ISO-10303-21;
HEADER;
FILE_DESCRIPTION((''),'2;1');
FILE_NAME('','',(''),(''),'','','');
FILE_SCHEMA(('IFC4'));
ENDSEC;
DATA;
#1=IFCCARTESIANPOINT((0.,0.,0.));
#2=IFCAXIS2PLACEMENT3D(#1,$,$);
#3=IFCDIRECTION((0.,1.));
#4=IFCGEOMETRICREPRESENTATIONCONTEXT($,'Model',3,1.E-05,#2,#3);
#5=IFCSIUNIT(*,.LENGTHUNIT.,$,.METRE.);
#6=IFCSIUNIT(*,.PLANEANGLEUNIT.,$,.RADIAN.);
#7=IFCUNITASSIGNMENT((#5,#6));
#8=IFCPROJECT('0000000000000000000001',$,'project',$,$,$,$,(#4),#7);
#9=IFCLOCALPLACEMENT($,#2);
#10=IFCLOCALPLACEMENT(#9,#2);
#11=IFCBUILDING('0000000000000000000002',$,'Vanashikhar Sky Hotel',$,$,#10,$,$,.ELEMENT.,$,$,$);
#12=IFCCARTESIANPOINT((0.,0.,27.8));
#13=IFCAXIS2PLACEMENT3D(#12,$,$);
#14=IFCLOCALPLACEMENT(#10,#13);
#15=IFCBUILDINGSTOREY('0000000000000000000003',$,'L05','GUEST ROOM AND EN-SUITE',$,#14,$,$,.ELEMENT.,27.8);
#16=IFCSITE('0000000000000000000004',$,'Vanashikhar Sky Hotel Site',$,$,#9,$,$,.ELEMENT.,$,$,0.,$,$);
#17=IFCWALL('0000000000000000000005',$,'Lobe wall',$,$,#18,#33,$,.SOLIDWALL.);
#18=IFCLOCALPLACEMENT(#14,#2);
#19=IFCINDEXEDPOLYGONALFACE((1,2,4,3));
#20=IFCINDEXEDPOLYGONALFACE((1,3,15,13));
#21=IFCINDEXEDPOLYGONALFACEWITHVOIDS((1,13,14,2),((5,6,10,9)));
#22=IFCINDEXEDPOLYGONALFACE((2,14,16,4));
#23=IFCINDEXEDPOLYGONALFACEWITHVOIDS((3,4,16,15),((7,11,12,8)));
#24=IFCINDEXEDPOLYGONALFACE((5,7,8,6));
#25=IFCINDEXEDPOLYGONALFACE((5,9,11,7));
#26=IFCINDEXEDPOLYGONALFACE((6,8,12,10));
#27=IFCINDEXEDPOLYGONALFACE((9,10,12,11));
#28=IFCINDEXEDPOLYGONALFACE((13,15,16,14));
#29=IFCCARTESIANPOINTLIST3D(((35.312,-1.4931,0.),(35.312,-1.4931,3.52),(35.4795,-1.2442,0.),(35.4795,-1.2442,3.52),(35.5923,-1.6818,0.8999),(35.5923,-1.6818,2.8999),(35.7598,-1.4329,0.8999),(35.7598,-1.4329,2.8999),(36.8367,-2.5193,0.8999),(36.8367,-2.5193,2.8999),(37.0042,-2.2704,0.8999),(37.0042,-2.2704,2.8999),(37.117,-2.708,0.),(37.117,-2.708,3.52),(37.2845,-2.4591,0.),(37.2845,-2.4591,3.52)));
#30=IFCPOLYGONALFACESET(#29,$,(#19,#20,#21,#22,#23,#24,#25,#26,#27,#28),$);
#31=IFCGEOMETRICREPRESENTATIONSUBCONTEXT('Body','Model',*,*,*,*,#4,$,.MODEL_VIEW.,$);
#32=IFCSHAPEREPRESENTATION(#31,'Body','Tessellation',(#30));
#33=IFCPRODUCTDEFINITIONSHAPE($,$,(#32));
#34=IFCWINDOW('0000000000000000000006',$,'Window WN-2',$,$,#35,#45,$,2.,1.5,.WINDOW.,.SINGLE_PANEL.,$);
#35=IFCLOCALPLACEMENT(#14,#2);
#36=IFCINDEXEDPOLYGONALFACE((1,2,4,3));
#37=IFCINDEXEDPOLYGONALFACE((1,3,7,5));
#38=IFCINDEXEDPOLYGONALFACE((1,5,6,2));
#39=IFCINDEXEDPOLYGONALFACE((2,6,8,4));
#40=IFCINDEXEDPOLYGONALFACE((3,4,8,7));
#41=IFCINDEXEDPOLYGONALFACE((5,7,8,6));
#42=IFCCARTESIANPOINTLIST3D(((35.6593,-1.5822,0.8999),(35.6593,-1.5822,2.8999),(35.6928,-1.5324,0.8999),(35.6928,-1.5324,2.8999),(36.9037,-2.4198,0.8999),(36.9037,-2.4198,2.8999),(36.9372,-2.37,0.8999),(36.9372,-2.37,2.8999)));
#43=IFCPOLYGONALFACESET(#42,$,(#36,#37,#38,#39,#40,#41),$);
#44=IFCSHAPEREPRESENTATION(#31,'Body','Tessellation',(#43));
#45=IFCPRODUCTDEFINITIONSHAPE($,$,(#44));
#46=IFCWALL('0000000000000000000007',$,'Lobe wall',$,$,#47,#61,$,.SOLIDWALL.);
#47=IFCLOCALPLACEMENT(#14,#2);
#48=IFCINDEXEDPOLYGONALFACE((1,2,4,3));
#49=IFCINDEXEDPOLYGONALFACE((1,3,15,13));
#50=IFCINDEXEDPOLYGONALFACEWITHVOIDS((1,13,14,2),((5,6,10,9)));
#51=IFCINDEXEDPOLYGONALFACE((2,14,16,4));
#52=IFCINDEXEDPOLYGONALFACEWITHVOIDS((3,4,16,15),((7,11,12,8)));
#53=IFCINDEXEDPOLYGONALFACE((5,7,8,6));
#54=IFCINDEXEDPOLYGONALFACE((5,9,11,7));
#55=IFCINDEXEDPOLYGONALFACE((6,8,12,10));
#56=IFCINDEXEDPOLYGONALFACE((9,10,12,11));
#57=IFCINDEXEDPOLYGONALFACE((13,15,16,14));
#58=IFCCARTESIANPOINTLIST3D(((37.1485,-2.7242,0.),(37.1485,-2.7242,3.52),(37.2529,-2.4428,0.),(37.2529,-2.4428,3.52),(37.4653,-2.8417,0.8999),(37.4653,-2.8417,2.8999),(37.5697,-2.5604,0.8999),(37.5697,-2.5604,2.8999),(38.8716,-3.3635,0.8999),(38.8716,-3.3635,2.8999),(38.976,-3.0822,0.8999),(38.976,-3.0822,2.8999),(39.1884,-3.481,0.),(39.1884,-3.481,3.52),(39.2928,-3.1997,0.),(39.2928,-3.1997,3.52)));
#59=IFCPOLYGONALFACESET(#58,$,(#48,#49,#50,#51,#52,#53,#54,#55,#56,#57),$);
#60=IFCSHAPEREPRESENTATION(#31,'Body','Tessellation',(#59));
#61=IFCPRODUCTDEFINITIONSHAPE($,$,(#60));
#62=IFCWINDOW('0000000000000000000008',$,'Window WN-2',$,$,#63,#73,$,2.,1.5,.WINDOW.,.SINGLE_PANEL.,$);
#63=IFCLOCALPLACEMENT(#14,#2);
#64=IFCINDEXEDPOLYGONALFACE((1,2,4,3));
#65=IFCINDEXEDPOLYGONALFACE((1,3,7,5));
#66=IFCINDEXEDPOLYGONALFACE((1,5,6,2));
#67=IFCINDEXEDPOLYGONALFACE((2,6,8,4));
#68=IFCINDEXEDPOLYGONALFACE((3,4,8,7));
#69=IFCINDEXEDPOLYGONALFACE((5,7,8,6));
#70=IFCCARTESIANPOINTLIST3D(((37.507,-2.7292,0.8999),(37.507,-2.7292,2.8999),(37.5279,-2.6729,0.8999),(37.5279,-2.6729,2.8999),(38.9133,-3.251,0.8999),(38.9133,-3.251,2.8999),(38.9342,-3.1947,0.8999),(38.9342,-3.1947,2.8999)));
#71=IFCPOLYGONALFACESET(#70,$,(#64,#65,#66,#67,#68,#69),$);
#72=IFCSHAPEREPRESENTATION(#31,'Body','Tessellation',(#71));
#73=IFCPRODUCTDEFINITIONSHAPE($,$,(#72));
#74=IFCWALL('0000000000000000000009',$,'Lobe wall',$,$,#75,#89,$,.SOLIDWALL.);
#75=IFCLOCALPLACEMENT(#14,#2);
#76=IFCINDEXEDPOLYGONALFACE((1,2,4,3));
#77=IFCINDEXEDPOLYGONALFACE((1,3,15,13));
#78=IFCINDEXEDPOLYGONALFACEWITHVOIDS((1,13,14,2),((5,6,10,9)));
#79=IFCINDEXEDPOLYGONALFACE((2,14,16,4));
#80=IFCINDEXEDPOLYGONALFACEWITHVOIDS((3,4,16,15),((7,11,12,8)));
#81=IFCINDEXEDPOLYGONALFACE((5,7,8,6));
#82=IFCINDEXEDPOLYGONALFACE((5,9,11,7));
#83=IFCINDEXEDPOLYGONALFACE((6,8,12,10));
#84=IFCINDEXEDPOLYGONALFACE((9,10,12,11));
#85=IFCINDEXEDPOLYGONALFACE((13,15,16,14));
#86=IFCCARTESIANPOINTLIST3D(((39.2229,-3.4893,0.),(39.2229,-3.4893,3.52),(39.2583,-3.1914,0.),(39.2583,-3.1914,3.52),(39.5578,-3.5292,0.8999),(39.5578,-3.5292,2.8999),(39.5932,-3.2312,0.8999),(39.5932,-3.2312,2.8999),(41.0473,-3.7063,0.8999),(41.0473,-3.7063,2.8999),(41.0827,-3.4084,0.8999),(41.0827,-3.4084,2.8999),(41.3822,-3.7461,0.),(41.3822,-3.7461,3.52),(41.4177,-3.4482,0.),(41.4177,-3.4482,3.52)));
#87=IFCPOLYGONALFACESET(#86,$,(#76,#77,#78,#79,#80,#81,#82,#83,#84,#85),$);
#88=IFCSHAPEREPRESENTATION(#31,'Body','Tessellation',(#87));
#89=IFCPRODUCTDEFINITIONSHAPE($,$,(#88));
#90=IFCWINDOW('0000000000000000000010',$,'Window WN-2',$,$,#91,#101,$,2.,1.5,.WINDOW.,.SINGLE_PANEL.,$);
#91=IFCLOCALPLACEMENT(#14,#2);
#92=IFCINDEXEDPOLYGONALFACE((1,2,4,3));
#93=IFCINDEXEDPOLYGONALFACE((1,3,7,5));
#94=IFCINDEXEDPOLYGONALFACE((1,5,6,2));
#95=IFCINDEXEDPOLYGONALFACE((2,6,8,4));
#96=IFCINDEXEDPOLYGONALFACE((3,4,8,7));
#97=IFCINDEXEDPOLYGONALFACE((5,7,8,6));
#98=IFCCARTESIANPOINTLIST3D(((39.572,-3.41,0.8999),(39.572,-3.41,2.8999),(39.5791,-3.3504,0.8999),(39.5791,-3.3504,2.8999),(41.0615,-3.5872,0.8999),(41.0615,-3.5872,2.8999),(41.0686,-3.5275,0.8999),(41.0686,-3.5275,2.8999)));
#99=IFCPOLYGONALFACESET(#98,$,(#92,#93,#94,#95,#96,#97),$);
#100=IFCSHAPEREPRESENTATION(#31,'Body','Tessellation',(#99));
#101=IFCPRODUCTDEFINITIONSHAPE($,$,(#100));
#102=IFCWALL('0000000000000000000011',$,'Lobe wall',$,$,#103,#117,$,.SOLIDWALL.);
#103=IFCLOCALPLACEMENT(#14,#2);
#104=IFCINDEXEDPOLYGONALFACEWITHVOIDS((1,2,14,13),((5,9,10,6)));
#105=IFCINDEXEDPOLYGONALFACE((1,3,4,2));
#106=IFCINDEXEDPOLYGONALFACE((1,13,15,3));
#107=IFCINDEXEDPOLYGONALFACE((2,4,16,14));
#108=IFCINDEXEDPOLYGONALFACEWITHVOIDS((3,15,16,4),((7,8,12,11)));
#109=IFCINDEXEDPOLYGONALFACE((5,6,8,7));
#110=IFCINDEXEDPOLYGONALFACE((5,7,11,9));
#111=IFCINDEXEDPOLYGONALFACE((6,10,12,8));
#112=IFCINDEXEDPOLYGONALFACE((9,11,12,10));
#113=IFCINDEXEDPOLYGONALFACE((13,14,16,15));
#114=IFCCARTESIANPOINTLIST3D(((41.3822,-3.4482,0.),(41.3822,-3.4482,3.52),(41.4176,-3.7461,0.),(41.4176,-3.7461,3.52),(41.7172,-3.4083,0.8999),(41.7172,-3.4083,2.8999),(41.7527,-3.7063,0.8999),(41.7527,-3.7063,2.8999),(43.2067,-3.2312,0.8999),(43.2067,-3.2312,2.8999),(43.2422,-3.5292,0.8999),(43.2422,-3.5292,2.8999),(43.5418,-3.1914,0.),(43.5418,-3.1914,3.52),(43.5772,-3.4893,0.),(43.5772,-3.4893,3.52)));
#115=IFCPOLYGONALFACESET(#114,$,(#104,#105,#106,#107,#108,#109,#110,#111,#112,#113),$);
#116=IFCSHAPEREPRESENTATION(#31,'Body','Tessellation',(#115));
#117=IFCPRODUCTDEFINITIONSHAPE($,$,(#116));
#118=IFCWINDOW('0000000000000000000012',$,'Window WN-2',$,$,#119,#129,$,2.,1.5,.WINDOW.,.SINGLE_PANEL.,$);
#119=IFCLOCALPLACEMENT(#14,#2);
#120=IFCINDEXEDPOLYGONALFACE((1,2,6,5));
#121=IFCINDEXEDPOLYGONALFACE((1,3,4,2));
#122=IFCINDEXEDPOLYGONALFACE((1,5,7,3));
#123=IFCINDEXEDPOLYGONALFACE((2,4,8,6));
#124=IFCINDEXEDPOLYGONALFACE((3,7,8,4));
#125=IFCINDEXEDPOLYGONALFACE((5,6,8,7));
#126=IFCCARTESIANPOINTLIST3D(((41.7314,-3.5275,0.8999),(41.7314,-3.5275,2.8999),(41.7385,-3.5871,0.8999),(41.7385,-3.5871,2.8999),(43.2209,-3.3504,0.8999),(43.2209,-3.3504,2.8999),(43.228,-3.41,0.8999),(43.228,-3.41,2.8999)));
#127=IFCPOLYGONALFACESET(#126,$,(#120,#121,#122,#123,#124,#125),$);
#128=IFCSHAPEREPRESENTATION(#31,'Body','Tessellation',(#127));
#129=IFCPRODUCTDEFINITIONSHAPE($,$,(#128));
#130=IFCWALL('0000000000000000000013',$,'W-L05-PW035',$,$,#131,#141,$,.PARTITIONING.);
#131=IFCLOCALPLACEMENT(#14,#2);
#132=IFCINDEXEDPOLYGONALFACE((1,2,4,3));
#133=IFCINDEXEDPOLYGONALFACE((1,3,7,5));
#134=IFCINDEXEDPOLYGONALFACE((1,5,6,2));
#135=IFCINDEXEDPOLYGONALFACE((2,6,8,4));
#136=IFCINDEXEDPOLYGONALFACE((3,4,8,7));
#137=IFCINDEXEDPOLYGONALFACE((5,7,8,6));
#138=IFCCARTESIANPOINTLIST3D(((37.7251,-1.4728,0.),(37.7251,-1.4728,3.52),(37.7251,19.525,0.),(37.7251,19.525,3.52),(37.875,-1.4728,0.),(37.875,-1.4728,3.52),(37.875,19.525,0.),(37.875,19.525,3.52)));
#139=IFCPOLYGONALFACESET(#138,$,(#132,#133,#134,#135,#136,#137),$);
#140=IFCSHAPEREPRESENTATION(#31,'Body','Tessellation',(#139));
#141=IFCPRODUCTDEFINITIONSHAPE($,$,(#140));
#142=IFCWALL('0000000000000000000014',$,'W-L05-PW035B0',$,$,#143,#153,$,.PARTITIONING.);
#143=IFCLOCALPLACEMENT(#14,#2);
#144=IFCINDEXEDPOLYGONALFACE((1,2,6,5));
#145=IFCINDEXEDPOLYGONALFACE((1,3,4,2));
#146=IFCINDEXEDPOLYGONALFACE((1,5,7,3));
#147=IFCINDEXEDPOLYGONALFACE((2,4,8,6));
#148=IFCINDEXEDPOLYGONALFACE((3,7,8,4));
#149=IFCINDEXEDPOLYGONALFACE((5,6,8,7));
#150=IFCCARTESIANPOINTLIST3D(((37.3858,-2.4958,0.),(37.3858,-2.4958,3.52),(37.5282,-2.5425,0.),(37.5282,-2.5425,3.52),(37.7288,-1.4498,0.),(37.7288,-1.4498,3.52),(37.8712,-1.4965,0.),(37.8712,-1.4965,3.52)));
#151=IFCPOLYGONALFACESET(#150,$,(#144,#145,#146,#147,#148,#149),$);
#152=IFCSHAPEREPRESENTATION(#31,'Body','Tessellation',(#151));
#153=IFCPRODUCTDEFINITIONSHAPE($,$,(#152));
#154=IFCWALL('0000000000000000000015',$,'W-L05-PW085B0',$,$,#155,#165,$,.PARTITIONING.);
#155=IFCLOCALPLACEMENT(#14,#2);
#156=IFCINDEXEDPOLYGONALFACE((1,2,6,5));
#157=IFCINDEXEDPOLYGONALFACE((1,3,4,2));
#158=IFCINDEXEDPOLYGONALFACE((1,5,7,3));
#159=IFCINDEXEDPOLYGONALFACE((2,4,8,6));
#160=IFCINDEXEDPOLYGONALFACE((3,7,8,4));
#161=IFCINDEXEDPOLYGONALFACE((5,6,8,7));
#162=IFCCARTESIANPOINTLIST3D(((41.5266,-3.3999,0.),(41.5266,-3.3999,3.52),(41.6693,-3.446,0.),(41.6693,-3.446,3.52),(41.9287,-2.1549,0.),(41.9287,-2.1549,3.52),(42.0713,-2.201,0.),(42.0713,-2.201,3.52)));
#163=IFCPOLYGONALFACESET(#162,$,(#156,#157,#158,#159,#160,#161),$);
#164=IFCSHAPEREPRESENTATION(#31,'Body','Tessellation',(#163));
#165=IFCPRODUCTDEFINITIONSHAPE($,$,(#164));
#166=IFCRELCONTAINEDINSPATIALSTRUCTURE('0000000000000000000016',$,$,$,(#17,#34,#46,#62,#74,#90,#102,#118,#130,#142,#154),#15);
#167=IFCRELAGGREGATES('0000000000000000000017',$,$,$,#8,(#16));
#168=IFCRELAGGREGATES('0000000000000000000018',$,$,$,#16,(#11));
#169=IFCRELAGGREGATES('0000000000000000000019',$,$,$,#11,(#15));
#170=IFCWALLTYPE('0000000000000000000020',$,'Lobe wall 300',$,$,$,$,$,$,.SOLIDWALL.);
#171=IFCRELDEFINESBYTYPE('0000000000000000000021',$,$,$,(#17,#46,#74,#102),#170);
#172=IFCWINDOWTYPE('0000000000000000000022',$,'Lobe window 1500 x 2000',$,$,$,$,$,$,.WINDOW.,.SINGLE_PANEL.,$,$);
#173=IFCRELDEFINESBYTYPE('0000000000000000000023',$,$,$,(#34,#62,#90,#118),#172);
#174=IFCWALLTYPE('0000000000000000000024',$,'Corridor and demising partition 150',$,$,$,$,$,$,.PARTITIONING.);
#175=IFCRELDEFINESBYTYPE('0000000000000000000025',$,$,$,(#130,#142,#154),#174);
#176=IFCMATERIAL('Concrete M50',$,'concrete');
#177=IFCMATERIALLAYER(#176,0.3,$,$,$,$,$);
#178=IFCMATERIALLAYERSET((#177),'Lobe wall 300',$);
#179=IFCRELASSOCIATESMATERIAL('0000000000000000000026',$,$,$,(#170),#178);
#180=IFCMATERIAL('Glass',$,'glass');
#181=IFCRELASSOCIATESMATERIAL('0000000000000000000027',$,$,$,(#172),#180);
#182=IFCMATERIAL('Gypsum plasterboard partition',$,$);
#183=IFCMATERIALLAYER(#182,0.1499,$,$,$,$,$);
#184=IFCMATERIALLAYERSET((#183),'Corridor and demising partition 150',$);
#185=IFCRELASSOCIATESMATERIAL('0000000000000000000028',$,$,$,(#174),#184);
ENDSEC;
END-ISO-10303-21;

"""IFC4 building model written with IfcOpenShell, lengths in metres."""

from ifc_helpers import new_model, si_unit, direction, frame, frame_2d, origin, place, context, subcontext, project, spatial, rectangle, extrude, source, transform, mapped, material, layer, layer_set, type_object, element, fill, save


model = new_model("IFC4")

# Units and contexts
model_context = context("Model", 3, precision=1e-05, world=origin(), true_north=direction((0.0, 1.0)))
body_context = subcontext(model_context, "Body", "Model", "MODEL_VIEW")
ifc_project = project(units=[si_unit("LENGTHUNIT", "METRE"), si_unit("PLANEANGLEUNIT", "RADIAN")], contexts=[model_context])

# Site, building, storey
site_placement = place(None, origin())
site = spatial("IfcSite", under=ifc_project, at=site_placement, Name="Vanashikhar Sky Hotel Site", CompositionType="ELEMENT", RefElevation=0.0)
building_placement = place(site_placement, origin())
building = spatial("IfcBuilding", under=site, at=building_placement, Name="Vanashikhar Sky Hotel", CompositionType="ELEMENT")
storey_placement = place(building_placement, frame((0.0, 0.0, 27.8)))
storey = spatial("IfcBuildingStorey", under=building, at=storey_placement, Name="L05", Description="GUEST ROOM AND EN-SUITE", CompositionType="ELEMENT", Elevation=27.8)

# Walls, openings, windows
ifc_material_1 = material(Name="Concrete M50", Category="concrete")
ifc_layer_1 = layer(ifc_material_1, 0.3)
ifc_layer_set_1 = layer_set([ifc_layer_1], Name="Lobe wall 300")
wall_type_1 = type_object("IfcWallType", Name="Lobe wall 300", PredefinedType="SOLIDWALL", material=ifc_layer_set_1)
shared_shape_1 = source(origin(), body_context, "Body", "SweptSolid", [
    extrude(rectangle(XDim=2.1758, YDim=0.3, at=frame_2d((1.0879, 0.0))), origin(), (0.0, 0.0, 1.0), 3.52),
])
wall_1_placement = place(storey_placement, frame((35.3958, -1.3687, 0.0), z_axis=(0.0, 0.0, 1.0), x_axis=(0.829591, -0.558372, 0.0)))
wall_1 = element("IfcWall", 1, at=wall_1_placement, inside=storey, type_object=wall_type_1, Name="Lobe wall", PredefinedType="SOLIDWALL", context=body_context, shape_type="MappedRepresentation", body=[
    mapped(shared_shape_1, transform((0.0, 0.0, 0.0), scale=1.0)),
])
shared_shape_2 = source(origin(), body_context, "Body", "SweptSolid", [
    extrude(rectangle(XDim=1.5, YDim=2.0, at=frame_2d((0.75, 1.0))), frame((0.0, 0.1602, 0.0), z_axis=(0.0, -1.0, 0.0), x_axis=(1.0, 0.0, 0.0)), (0.0, 0.0, 1.0), 0.3201),
])
opening_1_placement = place(wall_1_placement, frame((0.3379, 0.0, 0.8999)))
opening_1 = element("IfcOpeningElement", 2, at=opening_1_placement, cuts=wall_1, PredefinedType="OPENING", context=body_context, shape_type="MappedRepresentation", body=[
    mapped(shared_shape_2, transform((0.0, 0.0, 0.0), scale=1.0)),
])
ifc_material_2 = material(Name="Glass", Category="glass")
window_type = type_object("IfcWindowType", Name="Lobe window 1500 x 2000", PartitioningType="SINGLE_PANEL", PredefinedType="WINDOW", material=ifc_material_2)
shared_shape_3 = source(origin(), body_context, "Body", "SweptSolid", [
    extrude(rectangle(XDim=1.5, YDim=2.0, at=frame_2d((0.75, 1.0))), frame((0.0, 0.03, 0.0), z_axis=(0.0, -1.0, 0.0), x_axis=(1.0, 0.0, 0.0)), (0.0, 0.0, 1.0), 0.0601),
])
window_1_placement = place(opening_1_placement, origin())
window_1 = element("IfcWindow", 3, at=window_1_placement, inside=storey, type_object=window_type, Name="Window WN-2", OverallHeight=2.0, OverallWidth=1.5, PartitioningType="SINGLE_PANEL", PredefinedType="WINDOW", context=body_context, shape_type="MappedRepresentation", body=[
    mapped(shared_shape_3, transform((0.0, 0.0, 0.0), scale=1.0)),
])
fill(opening_1, window_1)
wall_2_placement = place(storey_placement, frame((37.2007, -2.5835, 0.0), z_axis=(0.0, 0.0, 1.0), x_axis=(0.937546, -0.347863, 0.0)))
wall_2 = element("IfcWall", 4, at=wall_2_placement, inside=storey, type_object=wall_type_1, Name="Lobe wall", PredefinedType="SOLIDWALL", context=body_context, shape_type="MappedRepresentation", body=[
    mapped(shared_shape_1, transform((0.0, 0.0, 0.0), scale=1.0)),
])
opening_2_placement = place(wall_2_placement, frame((0.3379, 0.0, 0.8999)))
opening_2 = element("IfcOpeningElement", 5, at=opening_2_placement, cuts=wall_2, PredefinedType="OPENING", context=body_context, shape_type="MappedRepresentation", body=[
    mapped(shared_shape_2, transform((0.0, 0.0, 0.0), scale=1.0)),
])
window_2_placement = place(opening_2_placement, origin())
window_2 = element("IfcWindow", 6, at=window_2_placement, inside=storey, type_object=window_type, Name="Window WN-2", OverallHeight=2.0, OverallWidth=1.5, PartitioningType="SINGLE_PANEL", PredefinedType="WINDOW", context=body_context, shape_type="MappedRepresentation", body=[
    mapped(shared_shape_3, transform((0.0, 0.0, 0.0), scale=1.0)),
])
fill(opening_2, window_2)
shared_shape_4 = source(origin(), body_context, "Body", "SweptSolid", [
    extrude(rectangle(XDim=2.1746, YDim=0.3, at=frame_2d((1.0874, 0.0))), origin(), (0.0, 0.0, 1.0), 3.52),
])
wall_3_placement = place(storey_placement, frame((39.2405, -3.3403, 0.0), z_axis=(0.0, 0.0, 1.0), x_axis=(0.993001, -0.118105, 0.0)))
wall_3 = element("IfcWall", 7, at=wall_3_placement, inside=storey, type_object=wall_type_1, Name="Lobe wall", PredefinedType="SOLIDWALL", context=body_context, shape_type="MappedRepresentation", body=[
    mapped(shared_shape_4, transform((0.0, 0.0, 0.0), scale=1.0)),
])
opening_3_placement = place(wall_3_placement, frame((0.3374, 0.0, 0.8999)))
opening_3 = element("IfcOpeningElement", 8, at=opening_3_placement, cuts=wall_3, PredefinedType="OPENING", context=body_context, shape_type="MappedRepresentation", body=[
    mapped(shared_shape_2, transform((0.0, 0.0, 0.0), scale=1.0)),
])
window_3_placement = place(opening_3_placement, origin())
window_3 = element("IfcWindow", 9, at=window_3_placement, inside=storey, type_object=window_type, Name="Window WN-2", OverallHeight=2.0, OverallWidth=1.5, PartitioningType="SINGLE_PANEL", PredefinedType="WINDOW", context=body_context, shape_type="MappedRepresentation", body=[
    mapped(shared_shape_3, transform((0.0, 0.0, 0.0), scale=1.0)),
])
fill(opening_3, window_3)
shared_shape_5 = source(origin(), body_context, "Body", "SweptSolid", [
    extrude(rectangle(XDim=2.1748, YDim=0.3, at=frame_2d((1.0874, 0.0))), origin(), (0.0, 0.0, 1.0), 3.52),
])
wall_4_placement = place(storey_placement, frame((41.3999, -3.5972, 0.0), z_axis=(0.0, 0.0, 1.0), x_axis=(0.993003, 0.118092, 0.0)))
wall_4 = element("IfcWall", 10, at=wall_4_placement, inside=storey, type_object=wall_type_1, Name="Lobe wall", PredefinedType="SOLIDWALL", context=body_context, shape_type="MappedRepresentation", body=[
    mapped(shared_shape_5, transform((0.0, 0.0, 0.0), scale=1.0)),
])
opening_4_placement = place(wall_4_placement, frame((0.3374, 0.0, 0.8999)))
opening_4 = element("IfcOpeningElement", 11, at=opening_4_placement, cuts=wall_4, PredefinedType="OPENING", context=body_context, shape_type="MappedRepresentation", body=[
    mapped(shared_shape_2, transform((0.0, 0.0, 0.0), scale=1.0)),
])
window_4_placement = place(opening_4_placement, origin())
window_4 = element("IfcWindow", 12, at=window_4_placement, inside=storey, type_object=window_type, Name="Window WN-2", OverallHeight=2.0, OverallWidth=1.5, PartitioningType="SINGLE_PANEL", PredefinedType="WINDOW", context=body_context, shape_type="MappedRepresentation", body=[
    mapped(shared_shape_3, transform((0.0, 0.0, 0.0), scale=1.0)),
])
fill(opening_4, window_4)

# Walls
ifc_material_3 = material(Name="Gypsum plasterboard partition")
ifc_layer_2 = layer(ifc_material_3, 0.1499)
ifc_layer_set_2 = layer_set([ifc_layer_2], Name="Corridor and demising partition 150")
wall_type_2 = type_object("IfcWallType", Name="Corridor and demising partition 150", PredefinedType="PARTITIONING", material=ifc_layer_set_2)
shared_shape_6 = source(origin(), body_context, "Body", "SweptSolid", [
    extrude(rectangle(XDim=20.9978, YDim=0.1499, at=frame_2d((10.499, 0.0))), origin(), (0.0, 0.0, 1.0), 3.52),
])
wall_5_placement = place(storey_placement, frame((37.8, -1.4729, 0.0), z_axis=(0.0, 0.0, 1.0), x_axis=(0.0, 1.0, 0.0)))
element("IfcWall", 13, at=wall_5_placement, inside=storey, type_object=wall_type_2, Name="W-L05-PW035", PredefinedType="PARTITIONING", context=body_context, shape_type="MappedRepresentation", body=[
    mapped(shared_shape_6, transform((0.0, 0.0, 0.0), scale=1.0)),
])
shared_shape_7 = source(origin(), body_context, "Body", "SweptSolid", [
    extrude(rectangle(XDim=1.1008, YDim=0.1499, at=frame_2d((0.5503, 0.0))), origin(), (0.0, 0.0, 1.0), 3.52),
])
wall_6_placement = place(storey_placement, frame((37.457, -2.519, 0.0), z_axis=(0.0, 0.0, 1.0), x_axis=(0.311567, 0.950224, 0.0)))
element("IfcWall", 14, at=wall_6_placement, inside=storey, type_object=wall_type_2, Name="W-L05-PW035B0", PredefinedType="PARTITIONING", context=body_context, shape_type="MappedRepresentation", body=[
    mapped(shared_shape_7, transform((0.0, 0.0, 0.0), scale=1.0)),
])
shared_shape_8 = source(origin(), body_context, "Body", "SweptSolid", [
    extrude(rectangle(XDim=1.3083, YDim=0.1499, at=frame_2d((0.6543, 0.0))), origin(), (0.0, 0.0, 1.0), 3.52),
])
wall_7_placement = place(storey_placement, frame((41.5979, -3.4231, 0.0), z_axis=(0.0, 0.0, 1.0), x_axis=(0.307314, 0.951608, 0.0)))
element("IfcWall", 15, at=wall_7_placement, inside=storey, type_object=wall_type_2, Name="W-L05-PW085B0", PredefinedType="PARTITIONING", context=body_context, shape_type="MappedRepresentation", body=[
    mapped(shared_shape_8, transform((0.0, 0.0, 0.0), scale=1.0)),
])

save(model, "model.ifc")
